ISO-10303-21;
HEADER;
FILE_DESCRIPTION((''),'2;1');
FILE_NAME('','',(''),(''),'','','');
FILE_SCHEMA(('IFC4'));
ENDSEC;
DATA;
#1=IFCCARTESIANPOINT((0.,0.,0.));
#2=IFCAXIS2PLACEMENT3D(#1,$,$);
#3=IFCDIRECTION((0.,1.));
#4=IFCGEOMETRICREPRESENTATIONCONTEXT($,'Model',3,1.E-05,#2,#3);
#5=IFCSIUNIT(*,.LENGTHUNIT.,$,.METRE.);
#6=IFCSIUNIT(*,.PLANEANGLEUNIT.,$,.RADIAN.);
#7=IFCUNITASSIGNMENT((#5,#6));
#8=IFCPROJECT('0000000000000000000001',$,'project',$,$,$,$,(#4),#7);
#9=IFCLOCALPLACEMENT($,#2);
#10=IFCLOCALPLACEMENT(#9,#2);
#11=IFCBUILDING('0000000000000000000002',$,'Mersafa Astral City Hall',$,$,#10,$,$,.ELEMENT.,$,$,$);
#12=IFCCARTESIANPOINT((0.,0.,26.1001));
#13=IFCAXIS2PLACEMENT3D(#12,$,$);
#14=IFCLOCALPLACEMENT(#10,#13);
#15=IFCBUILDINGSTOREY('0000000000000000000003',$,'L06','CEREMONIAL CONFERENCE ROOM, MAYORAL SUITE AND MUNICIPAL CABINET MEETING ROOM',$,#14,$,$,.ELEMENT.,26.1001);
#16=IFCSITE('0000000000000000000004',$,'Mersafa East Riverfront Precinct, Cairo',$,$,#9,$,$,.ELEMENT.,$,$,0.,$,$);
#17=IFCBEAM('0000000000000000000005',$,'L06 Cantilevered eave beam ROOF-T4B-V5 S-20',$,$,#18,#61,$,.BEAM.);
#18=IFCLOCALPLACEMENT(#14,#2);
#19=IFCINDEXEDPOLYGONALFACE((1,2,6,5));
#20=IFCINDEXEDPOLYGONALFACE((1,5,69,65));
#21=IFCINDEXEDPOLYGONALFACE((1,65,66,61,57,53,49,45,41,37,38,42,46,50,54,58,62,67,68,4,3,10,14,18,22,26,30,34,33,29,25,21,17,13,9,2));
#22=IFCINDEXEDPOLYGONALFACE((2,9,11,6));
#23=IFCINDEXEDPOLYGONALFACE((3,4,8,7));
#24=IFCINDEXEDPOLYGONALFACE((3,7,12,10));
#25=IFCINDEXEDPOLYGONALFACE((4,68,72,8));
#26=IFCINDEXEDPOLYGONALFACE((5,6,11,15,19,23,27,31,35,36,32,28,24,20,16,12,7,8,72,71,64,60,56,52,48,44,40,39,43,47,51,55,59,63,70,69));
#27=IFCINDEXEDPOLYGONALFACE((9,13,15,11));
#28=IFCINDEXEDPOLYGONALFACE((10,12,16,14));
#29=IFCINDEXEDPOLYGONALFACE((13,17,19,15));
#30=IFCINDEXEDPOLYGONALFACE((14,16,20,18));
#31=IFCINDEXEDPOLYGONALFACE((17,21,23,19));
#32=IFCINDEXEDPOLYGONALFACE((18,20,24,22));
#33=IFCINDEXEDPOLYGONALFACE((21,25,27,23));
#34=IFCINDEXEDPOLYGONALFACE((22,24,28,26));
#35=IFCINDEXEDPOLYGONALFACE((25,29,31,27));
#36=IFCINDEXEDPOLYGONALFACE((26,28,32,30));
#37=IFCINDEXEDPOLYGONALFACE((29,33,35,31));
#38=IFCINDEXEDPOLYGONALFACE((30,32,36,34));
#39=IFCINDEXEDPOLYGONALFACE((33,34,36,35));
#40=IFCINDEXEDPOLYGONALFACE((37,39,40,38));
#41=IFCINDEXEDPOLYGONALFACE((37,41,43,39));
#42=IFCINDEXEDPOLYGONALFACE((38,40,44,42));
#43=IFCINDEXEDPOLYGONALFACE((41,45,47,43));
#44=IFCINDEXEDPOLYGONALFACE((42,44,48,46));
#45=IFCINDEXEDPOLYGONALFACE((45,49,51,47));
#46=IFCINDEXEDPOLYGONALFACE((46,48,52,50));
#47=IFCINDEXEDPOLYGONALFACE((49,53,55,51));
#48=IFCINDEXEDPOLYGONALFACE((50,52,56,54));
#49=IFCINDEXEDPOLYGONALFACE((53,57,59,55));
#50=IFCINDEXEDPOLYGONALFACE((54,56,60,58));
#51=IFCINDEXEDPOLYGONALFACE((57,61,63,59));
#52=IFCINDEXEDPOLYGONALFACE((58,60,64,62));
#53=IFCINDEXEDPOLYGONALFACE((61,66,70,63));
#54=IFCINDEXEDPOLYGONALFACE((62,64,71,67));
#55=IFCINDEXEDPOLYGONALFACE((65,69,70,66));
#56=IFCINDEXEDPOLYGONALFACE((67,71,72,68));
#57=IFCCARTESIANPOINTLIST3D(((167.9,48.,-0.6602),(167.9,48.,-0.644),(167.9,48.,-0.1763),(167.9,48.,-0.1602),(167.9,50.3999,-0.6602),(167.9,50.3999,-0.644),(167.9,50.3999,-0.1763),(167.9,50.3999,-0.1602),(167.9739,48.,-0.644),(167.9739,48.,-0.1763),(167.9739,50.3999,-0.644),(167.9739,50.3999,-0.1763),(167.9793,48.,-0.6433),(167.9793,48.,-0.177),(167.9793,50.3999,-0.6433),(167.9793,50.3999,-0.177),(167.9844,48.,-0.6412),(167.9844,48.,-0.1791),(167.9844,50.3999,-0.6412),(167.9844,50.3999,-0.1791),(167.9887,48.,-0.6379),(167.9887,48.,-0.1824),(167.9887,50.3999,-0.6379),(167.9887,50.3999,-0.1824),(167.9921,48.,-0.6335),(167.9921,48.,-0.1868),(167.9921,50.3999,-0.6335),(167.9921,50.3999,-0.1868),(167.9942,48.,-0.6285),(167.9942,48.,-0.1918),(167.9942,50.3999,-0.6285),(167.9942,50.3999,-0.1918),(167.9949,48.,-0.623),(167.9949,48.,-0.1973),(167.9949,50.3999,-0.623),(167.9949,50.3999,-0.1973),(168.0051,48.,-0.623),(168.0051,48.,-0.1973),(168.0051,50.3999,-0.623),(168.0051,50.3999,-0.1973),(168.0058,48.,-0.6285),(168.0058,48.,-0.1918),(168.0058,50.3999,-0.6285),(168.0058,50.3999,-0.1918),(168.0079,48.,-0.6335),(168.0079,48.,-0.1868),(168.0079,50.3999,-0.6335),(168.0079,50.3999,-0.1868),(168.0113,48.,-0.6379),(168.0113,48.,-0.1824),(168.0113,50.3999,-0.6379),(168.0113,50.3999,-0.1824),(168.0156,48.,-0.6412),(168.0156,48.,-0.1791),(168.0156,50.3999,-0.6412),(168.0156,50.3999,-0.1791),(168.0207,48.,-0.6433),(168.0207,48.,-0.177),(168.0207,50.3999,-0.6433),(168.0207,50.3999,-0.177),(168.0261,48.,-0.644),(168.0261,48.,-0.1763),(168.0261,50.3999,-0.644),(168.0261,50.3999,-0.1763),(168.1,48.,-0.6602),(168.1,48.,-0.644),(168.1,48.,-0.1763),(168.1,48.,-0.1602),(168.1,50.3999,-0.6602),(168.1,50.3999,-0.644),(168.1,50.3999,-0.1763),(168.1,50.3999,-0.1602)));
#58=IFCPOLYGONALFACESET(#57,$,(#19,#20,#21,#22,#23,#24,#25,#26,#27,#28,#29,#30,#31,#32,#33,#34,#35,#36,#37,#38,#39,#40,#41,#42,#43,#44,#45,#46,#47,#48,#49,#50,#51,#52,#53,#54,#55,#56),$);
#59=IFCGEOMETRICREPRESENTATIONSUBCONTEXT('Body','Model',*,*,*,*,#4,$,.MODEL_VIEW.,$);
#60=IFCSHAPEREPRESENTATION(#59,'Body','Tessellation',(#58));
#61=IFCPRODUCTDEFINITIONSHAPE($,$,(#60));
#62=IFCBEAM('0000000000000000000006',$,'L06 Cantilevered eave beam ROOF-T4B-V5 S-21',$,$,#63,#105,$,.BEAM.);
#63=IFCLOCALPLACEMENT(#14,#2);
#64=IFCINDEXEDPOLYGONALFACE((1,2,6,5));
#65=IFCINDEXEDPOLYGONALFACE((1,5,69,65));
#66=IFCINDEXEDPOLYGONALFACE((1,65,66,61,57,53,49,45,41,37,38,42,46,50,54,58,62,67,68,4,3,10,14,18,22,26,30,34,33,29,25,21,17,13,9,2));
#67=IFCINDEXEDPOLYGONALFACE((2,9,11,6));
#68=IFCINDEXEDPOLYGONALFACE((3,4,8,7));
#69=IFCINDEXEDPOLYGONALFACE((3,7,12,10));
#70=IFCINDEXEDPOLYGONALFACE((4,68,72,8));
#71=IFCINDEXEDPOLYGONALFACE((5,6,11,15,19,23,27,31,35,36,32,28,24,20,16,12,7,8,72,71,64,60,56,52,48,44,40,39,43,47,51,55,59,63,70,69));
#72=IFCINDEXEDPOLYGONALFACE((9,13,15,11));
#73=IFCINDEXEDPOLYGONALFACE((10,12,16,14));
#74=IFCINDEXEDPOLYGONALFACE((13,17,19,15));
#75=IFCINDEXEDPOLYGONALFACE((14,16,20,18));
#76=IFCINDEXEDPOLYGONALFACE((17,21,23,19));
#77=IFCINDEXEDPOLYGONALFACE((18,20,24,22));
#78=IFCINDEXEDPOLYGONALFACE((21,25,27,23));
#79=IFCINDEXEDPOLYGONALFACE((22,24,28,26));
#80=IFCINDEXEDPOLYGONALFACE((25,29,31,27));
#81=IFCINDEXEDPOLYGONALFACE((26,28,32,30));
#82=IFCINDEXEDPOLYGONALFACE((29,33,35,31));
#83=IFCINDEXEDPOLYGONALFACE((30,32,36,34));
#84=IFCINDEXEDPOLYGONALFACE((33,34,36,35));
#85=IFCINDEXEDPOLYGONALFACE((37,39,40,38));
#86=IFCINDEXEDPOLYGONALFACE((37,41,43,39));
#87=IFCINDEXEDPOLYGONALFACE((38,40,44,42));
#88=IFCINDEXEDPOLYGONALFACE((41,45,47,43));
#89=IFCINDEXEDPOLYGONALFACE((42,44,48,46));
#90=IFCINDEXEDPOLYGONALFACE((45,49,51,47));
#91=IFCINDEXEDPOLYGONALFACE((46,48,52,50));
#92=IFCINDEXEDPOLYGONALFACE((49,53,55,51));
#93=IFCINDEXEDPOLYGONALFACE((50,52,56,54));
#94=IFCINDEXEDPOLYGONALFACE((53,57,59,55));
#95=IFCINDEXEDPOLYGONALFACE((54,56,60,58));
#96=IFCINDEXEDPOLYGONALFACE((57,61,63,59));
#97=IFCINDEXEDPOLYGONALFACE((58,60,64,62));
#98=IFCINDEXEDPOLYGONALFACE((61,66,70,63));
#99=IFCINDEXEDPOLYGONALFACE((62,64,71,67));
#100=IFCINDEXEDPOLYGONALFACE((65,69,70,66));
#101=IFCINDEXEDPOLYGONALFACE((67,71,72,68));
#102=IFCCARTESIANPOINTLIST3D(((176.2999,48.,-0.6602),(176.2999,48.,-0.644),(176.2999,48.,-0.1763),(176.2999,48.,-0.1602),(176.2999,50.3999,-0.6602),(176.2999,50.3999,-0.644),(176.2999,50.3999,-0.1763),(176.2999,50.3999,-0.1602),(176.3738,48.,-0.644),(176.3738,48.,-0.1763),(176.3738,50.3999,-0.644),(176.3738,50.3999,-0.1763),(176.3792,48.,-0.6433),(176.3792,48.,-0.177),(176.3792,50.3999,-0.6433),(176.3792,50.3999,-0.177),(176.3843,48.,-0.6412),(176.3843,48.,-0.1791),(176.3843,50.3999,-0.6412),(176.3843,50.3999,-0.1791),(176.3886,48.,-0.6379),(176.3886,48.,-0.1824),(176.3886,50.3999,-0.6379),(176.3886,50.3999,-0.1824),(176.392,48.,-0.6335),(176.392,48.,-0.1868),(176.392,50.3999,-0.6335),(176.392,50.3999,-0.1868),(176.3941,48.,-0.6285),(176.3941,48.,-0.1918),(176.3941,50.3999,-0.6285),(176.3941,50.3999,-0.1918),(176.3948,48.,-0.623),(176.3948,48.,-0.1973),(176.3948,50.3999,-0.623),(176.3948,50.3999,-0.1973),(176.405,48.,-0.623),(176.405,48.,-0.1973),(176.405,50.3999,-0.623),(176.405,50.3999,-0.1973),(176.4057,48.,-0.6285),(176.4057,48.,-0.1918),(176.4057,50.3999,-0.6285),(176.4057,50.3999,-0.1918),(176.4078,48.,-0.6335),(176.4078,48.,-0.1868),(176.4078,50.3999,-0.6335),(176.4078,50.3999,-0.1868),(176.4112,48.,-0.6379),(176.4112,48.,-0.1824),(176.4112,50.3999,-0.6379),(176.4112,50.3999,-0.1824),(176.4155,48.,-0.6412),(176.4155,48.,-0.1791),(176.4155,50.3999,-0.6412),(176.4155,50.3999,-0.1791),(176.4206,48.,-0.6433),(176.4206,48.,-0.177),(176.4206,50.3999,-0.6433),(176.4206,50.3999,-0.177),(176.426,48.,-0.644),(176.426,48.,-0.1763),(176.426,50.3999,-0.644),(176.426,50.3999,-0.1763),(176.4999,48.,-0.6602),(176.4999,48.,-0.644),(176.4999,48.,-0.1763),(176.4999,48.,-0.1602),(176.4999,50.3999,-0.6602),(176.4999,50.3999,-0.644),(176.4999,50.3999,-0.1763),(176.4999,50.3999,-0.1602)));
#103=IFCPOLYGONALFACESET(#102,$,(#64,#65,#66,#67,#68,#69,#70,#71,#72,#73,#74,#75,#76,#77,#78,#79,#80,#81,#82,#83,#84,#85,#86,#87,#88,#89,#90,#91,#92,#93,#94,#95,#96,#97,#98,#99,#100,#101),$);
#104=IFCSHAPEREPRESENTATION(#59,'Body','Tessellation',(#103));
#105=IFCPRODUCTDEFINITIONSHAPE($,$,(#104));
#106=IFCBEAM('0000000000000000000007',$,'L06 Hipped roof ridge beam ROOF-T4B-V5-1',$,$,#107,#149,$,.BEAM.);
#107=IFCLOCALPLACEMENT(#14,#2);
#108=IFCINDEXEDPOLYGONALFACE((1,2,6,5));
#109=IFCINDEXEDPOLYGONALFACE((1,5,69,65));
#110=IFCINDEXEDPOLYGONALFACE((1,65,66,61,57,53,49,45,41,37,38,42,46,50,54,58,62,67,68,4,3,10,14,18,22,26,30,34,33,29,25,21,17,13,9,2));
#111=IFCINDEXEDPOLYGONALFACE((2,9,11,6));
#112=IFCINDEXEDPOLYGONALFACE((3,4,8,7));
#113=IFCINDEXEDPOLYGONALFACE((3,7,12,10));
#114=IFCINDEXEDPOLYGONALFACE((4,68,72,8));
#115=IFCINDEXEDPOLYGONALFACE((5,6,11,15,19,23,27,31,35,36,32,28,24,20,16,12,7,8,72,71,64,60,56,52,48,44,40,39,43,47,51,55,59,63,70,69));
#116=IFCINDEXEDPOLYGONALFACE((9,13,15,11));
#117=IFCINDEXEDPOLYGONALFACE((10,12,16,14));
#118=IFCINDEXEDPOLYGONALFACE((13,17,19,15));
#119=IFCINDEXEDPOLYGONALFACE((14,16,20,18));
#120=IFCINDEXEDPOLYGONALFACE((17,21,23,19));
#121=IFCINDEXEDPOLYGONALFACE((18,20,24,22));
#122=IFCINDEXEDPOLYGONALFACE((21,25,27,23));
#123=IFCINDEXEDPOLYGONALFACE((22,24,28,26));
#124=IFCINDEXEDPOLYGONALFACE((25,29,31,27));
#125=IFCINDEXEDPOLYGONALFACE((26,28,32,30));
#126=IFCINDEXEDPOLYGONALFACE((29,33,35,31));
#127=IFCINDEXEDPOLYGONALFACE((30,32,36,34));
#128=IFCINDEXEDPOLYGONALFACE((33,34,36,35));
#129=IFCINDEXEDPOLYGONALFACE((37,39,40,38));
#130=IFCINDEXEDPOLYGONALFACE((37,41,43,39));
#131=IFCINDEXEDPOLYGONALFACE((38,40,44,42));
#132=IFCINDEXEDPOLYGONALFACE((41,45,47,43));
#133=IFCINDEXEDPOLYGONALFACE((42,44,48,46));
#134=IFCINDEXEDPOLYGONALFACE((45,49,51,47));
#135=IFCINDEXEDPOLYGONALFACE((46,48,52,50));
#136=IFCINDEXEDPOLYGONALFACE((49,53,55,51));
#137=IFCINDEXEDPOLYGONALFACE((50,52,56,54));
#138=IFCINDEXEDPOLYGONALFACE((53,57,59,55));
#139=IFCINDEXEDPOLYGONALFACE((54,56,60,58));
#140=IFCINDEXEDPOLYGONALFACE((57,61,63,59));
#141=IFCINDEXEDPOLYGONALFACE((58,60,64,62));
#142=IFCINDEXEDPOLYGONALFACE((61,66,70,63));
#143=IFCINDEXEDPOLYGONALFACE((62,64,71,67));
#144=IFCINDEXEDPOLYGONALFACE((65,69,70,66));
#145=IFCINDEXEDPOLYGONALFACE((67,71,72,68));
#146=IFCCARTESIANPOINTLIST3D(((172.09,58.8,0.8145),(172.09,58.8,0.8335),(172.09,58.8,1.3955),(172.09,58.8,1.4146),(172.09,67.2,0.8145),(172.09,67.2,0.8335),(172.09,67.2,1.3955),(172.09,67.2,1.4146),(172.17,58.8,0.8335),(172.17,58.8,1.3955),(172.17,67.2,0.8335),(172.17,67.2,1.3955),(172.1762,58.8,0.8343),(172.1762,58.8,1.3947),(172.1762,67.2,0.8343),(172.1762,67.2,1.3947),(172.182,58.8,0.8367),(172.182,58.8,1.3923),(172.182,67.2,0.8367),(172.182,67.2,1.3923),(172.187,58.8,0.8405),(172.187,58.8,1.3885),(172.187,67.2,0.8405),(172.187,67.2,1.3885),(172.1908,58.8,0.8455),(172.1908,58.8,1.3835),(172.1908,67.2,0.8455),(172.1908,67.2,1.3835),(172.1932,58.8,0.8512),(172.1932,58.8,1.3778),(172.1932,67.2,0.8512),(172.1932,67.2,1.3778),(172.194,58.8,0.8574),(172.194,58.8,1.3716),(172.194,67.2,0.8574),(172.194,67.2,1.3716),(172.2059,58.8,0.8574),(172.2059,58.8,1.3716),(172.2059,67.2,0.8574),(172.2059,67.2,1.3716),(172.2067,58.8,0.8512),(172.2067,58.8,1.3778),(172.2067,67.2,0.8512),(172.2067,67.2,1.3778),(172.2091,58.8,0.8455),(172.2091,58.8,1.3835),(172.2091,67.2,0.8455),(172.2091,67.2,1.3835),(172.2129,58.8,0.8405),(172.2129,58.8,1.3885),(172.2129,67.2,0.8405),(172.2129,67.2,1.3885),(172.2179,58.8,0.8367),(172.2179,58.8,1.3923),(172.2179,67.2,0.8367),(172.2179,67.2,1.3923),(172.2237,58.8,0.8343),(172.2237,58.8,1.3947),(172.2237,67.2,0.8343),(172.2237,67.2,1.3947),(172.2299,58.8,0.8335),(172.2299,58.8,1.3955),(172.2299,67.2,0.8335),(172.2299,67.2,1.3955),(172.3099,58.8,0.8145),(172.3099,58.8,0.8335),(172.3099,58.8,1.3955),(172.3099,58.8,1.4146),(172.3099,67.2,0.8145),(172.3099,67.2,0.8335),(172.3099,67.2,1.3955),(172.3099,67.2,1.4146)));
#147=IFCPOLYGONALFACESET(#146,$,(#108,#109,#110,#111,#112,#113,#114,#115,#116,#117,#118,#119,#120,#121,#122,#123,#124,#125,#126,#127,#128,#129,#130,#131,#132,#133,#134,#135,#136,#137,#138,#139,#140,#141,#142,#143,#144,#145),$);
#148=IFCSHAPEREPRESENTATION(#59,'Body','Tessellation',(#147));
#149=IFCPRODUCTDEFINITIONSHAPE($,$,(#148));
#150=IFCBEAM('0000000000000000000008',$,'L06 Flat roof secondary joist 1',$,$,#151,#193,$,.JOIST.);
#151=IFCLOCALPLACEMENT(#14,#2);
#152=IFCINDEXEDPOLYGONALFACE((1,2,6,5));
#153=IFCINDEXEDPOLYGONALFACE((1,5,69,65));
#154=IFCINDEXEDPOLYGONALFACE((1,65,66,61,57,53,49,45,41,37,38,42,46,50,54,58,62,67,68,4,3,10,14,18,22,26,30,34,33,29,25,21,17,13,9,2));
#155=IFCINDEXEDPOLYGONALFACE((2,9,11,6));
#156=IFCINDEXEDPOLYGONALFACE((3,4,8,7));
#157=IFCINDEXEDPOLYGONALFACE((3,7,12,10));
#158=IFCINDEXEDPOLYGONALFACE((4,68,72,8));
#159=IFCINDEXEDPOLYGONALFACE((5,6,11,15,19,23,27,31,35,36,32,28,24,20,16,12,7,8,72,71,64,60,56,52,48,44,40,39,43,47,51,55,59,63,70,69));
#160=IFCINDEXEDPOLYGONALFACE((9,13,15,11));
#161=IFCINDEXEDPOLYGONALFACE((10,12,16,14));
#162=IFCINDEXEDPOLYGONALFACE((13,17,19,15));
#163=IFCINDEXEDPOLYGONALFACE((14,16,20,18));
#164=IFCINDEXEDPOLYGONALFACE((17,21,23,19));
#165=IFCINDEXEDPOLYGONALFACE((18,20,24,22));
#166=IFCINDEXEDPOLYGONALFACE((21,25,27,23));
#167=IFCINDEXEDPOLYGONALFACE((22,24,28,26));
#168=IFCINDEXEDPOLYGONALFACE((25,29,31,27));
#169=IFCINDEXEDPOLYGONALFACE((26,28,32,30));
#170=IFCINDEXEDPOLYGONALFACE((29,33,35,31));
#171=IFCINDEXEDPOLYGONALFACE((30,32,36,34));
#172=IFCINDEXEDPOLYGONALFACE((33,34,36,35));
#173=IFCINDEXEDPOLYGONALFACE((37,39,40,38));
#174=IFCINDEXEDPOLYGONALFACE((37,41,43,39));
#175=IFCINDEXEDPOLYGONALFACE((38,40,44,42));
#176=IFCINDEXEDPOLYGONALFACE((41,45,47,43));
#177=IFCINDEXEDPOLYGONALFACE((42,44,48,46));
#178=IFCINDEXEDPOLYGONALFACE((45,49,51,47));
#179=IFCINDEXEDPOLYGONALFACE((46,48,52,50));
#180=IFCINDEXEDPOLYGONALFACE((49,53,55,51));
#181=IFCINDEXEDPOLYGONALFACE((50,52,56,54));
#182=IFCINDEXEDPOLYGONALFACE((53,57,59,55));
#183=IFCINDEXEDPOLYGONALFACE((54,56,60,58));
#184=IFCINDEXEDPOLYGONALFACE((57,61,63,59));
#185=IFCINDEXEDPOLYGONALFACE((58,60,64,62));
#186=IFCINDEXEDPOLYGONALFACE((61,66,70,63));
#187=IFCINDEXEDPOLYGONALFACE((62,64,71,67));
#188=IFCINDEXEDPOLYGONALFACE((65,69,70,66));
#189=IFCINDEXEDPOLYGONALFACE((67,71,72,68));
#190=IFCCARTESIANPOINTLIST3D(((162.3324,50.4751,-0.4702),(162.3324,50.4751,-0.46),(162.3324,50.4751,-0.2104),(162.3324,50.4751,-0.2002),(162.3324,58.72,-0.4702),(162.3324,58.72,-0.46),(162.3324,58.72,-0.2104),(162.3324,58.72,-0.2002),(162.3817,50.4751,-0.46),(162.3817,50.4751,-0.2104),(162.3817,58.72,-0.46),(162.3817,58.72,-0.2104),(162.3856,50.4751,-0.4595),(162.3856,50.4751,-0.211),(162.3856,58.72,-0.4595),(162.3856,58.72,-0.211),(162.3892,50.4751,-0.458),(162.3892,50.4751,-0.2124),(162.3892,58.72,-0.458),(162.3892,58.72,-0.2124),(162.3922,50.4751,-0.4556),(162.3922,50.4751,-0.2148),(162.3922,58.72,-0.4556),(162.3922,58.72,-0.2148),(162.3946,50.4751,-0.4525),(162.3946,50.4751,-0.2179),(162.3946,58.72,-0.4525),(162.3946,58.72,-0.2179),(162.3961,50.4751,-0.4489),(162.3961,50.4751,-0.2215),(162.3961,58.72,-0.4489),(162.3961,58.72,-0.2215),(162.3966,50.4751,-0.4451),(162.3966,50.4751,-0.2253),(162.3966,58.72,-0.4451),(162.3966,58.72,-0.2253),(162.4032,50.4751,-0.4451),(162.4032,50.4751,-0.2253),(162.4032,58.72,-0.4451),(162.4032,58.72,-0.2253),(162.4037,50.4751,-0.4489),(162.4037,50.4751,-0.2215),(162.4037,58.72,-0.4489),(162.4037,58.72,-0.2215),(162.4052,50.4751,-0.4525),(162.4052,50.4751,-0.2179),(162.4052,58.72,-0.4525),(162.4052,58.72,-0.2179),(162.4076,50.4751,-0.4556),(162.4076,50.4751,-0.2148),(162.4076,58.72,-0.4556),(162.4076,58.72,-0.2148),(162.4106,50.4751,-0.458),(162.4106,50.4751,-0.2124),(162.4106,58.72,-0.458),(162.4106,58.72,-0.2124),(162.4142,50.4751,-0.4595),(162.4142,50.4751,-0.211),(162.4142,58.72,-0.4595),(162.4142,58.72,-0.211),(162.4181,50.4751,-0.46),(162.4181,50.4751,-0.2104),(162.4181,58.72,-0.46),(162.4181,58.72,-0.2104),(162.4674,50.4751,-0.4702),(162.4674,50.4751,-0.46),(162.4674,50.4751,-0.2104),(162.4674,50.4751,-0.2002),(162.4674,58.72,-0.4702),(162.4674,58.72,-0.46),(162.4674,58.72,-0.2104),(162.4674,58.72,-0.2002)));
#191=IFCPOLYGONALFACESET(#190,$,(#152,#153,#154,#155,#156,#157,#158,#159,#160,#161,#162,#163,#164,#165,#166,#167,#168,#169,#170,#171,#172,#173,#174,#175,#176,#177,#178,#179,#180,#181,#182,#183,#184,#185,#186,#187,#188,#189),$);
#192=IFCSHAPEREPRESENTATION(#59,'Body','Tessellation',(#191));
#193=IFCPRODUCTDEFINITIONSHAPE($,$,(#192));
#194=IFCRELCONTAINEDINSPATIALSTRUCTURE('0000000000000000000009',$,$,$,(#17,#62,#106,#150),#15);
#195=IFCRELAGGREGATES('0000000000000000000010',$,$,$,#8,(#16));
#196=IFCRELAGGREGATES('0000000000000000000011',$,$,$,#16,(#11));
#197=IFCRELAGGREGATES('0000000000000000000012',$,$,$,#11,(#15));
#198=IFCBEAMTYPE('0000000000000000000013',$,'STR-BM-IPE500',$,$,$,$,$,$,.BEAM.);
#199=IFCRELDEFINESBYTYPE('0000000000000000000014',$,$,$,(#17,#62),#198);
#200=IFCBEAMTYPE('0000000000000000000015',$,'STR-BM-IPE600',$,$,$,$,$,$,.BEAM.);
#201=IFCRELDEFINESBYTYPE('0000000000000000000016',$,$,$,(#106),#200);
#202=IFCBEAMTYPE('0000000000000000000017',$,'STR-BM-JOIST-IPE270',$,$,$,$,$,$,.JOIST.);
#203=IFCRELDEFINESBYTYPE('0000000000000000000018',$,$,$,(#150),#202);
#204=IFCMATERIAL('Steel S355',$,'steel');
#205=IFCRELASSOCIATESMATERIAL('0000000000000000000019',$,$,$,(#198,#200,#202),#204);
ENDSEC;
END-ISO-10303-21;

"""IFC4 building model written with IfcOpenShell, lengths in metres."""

from ifc_helpers import new_model, si_unit, direction, frame, origin, origin_2d, place, context, subcontext, project, spatial, i_section, extrude, material, material_profile, profile_set, type_object, element, save


model = new_model("IFC4")

# Units and contexts
model_context = context("Model", 3, precision=1e-05, world=origin(), true_north=direction((0.0, 1.0)))
body_context = subcontext(model_context, "Body", "Model", "MODEL_VIEW")
ifc_project = project(units=[si_unit("LENGTHUNIT", "METRE"), si_unit("PLANEANGLEUNIT", "RADIAN")], contexts=[model_context])

# Site, building, storey
site_placement = place(None, origin())
site = spatial("IfcSite", under=ifc_project, at=site_placement, Name="Mersafa East Riverfront Precinct, Cairo", CompositionType="ELEMENT", RefElevation=0.0)
building_placement = place(site_placement, origin())
building = spatial("IfcBuilding", under=site, at=building_placement, Name="Mersafa Astral City Hall", CompositionType="ELEMENT")
storey_placement = place(building_placement, frame((0.0, 0.0, 26.1001)))
storey = spatial("IfcBuildingStorey", under=building, at=storey_placement, Name="L06", Description="CEREMONIAL CONFERENCE ROOM, MAYORAL SUITE AND MUNICIPAL CABINET MEETING ROOM", CompositionType="ELEMENT", Elevation=26.1001)

# Beams
ifc_material_1 = material(Name="Steel S355", Category="steel")
ifc_material_profile_1 = material_profile(ifc_material_1, i_section(OverallWidth=0.2, OverallDepth=0.5, WebThickness=0.0103, FlangeThickness=0.0161, FilletRadius=0.021, at=origin_2d()), Name="IPE 500")
ifc_profile_set_1 = profile_set([ifc_material_profile_1], Name="Steel S355")
beam_type_1 = type_object("IfcBeamType", Name="STR-BM-IPE500", PredefinedType="BEAM", material=ifc_profile_set_1)
for number, where, z_axis, x_axis, name in (
    (1, (168.0, 50.3999, -0.4102), (0.0, -1.0, 0.0), (1.0, 0.0, 0.0), "L06 Cantilevered eave beam ROOF-T4B-V5 S-20"),
    (2, (176.3999, 50.3999, -0.4102), (0.0, -1.0, 0.0), (1.0, 0.0, 0.0), "L06 Cantilevered eave beam ROOF-T4B-V5 S-21"),
):
    element("IfcBeam", number, at=place(storey_placement, frame(where, z_axis=z_axis, x_axis=x_axis)), inside=storey, type_object=beam_type_1, Name=name, PredefinedType="BEAM", context=body_context, shape_type="SweptSolid", body=[
        extrude(i_section(OverallWidth=0.2, OverallDepth=0.5, WebThickness=0.0103, FlangeThickness=0.0161, FilletRadius=0.021, at=origin_2d()), origin(), (0.0, 0.0, 1.0), 2.3999),
    ])
ifc_material_profile_2 = material_profile(ifc_material_1, i_section(OverallWidth=0.22, OverallDepth=0.6001, WebThickness=0.012, FlangeThickness=0.019, FilletRadius=0.0239, at=origin_2d()), Name="IPE 600")
ifc_profile_set_2 = profile_set([ifc_material_profile_2], Name="Steel S355")
beam_type_2 = type_object("IfcBeamType", Name="STR-BM-IPE600", PredefinedType="BEAM", material=ifc_profile_set_2)
beam_1_placement = place(storey_placement, frame((172.2, 58.8, 1.1145), z_axis=(0.0, 1.0, 0.0), x_axis=(-1.0, 0.0, 0.0)))
element("IfcBeam", 3, at=beam_1_placement, inside=storey, type_object=beam_type_2, Name="L06 Hipped roof ridge beam ROOF-T4B-V5-1", PredefinedType="BEAM", context=body_context, shape_type="SweptSolid", body=[
    extrude(i_section(OverallWidth=0.22, OverallDepth=0.6001, WebThickness=0.012, FlangeThickness=0.019, FilletRadius=0.0239, at=origin_2d()), origin(), (0.0, 0.0, 1.0), 8.3999),
])
ifc_material_profile_3 = material_profile(ifc_material_1, i_section(OverallWidth=0.135, OverallDepth=0.27, WebThickness=0.0066, FlangeThickness=0.0103, FilletRadius=0.0149, at=origin_2d()), Name="IPE 270")
ifc_profile_set_3 = profile_set([ifc_material_profile_3], Name="Steel S355")
beam_type_3 = type_object("IfcBeamType", Name="STR-BM-JOIST-IPE270", PredefinedType="JOIST", material=ifc_profile_set_3)
for number, where, z_axis, x_axis, name in (
    (4, (162.3999, 50.4751, -0.3352), (0.0, 1.0, 0.0), (-1.0, 0.0, 0.0), "L06 Flat roof secondary joist 1"),
):
    element("IfcBeam", number, at=place(storey_placement, frame(where, z_axis=z_axis, x_axis=x_axis)), inside=storey, type_object=beam_type_3, Name=name, PredefinedType="JOIST", context=body_context, shape_type="SweptSolid", body=[
        extrude(i_section(OverallWidth=0.135, OverallDepth=0.27, WebThickness=0.0066, FlangeThickness=0.0103, FilletRadius=0.0149, at=origin_2d()), origin(), (0.0, 0.0, 1.0), 8.2449),
    ])

save(model, "model.ifc")
